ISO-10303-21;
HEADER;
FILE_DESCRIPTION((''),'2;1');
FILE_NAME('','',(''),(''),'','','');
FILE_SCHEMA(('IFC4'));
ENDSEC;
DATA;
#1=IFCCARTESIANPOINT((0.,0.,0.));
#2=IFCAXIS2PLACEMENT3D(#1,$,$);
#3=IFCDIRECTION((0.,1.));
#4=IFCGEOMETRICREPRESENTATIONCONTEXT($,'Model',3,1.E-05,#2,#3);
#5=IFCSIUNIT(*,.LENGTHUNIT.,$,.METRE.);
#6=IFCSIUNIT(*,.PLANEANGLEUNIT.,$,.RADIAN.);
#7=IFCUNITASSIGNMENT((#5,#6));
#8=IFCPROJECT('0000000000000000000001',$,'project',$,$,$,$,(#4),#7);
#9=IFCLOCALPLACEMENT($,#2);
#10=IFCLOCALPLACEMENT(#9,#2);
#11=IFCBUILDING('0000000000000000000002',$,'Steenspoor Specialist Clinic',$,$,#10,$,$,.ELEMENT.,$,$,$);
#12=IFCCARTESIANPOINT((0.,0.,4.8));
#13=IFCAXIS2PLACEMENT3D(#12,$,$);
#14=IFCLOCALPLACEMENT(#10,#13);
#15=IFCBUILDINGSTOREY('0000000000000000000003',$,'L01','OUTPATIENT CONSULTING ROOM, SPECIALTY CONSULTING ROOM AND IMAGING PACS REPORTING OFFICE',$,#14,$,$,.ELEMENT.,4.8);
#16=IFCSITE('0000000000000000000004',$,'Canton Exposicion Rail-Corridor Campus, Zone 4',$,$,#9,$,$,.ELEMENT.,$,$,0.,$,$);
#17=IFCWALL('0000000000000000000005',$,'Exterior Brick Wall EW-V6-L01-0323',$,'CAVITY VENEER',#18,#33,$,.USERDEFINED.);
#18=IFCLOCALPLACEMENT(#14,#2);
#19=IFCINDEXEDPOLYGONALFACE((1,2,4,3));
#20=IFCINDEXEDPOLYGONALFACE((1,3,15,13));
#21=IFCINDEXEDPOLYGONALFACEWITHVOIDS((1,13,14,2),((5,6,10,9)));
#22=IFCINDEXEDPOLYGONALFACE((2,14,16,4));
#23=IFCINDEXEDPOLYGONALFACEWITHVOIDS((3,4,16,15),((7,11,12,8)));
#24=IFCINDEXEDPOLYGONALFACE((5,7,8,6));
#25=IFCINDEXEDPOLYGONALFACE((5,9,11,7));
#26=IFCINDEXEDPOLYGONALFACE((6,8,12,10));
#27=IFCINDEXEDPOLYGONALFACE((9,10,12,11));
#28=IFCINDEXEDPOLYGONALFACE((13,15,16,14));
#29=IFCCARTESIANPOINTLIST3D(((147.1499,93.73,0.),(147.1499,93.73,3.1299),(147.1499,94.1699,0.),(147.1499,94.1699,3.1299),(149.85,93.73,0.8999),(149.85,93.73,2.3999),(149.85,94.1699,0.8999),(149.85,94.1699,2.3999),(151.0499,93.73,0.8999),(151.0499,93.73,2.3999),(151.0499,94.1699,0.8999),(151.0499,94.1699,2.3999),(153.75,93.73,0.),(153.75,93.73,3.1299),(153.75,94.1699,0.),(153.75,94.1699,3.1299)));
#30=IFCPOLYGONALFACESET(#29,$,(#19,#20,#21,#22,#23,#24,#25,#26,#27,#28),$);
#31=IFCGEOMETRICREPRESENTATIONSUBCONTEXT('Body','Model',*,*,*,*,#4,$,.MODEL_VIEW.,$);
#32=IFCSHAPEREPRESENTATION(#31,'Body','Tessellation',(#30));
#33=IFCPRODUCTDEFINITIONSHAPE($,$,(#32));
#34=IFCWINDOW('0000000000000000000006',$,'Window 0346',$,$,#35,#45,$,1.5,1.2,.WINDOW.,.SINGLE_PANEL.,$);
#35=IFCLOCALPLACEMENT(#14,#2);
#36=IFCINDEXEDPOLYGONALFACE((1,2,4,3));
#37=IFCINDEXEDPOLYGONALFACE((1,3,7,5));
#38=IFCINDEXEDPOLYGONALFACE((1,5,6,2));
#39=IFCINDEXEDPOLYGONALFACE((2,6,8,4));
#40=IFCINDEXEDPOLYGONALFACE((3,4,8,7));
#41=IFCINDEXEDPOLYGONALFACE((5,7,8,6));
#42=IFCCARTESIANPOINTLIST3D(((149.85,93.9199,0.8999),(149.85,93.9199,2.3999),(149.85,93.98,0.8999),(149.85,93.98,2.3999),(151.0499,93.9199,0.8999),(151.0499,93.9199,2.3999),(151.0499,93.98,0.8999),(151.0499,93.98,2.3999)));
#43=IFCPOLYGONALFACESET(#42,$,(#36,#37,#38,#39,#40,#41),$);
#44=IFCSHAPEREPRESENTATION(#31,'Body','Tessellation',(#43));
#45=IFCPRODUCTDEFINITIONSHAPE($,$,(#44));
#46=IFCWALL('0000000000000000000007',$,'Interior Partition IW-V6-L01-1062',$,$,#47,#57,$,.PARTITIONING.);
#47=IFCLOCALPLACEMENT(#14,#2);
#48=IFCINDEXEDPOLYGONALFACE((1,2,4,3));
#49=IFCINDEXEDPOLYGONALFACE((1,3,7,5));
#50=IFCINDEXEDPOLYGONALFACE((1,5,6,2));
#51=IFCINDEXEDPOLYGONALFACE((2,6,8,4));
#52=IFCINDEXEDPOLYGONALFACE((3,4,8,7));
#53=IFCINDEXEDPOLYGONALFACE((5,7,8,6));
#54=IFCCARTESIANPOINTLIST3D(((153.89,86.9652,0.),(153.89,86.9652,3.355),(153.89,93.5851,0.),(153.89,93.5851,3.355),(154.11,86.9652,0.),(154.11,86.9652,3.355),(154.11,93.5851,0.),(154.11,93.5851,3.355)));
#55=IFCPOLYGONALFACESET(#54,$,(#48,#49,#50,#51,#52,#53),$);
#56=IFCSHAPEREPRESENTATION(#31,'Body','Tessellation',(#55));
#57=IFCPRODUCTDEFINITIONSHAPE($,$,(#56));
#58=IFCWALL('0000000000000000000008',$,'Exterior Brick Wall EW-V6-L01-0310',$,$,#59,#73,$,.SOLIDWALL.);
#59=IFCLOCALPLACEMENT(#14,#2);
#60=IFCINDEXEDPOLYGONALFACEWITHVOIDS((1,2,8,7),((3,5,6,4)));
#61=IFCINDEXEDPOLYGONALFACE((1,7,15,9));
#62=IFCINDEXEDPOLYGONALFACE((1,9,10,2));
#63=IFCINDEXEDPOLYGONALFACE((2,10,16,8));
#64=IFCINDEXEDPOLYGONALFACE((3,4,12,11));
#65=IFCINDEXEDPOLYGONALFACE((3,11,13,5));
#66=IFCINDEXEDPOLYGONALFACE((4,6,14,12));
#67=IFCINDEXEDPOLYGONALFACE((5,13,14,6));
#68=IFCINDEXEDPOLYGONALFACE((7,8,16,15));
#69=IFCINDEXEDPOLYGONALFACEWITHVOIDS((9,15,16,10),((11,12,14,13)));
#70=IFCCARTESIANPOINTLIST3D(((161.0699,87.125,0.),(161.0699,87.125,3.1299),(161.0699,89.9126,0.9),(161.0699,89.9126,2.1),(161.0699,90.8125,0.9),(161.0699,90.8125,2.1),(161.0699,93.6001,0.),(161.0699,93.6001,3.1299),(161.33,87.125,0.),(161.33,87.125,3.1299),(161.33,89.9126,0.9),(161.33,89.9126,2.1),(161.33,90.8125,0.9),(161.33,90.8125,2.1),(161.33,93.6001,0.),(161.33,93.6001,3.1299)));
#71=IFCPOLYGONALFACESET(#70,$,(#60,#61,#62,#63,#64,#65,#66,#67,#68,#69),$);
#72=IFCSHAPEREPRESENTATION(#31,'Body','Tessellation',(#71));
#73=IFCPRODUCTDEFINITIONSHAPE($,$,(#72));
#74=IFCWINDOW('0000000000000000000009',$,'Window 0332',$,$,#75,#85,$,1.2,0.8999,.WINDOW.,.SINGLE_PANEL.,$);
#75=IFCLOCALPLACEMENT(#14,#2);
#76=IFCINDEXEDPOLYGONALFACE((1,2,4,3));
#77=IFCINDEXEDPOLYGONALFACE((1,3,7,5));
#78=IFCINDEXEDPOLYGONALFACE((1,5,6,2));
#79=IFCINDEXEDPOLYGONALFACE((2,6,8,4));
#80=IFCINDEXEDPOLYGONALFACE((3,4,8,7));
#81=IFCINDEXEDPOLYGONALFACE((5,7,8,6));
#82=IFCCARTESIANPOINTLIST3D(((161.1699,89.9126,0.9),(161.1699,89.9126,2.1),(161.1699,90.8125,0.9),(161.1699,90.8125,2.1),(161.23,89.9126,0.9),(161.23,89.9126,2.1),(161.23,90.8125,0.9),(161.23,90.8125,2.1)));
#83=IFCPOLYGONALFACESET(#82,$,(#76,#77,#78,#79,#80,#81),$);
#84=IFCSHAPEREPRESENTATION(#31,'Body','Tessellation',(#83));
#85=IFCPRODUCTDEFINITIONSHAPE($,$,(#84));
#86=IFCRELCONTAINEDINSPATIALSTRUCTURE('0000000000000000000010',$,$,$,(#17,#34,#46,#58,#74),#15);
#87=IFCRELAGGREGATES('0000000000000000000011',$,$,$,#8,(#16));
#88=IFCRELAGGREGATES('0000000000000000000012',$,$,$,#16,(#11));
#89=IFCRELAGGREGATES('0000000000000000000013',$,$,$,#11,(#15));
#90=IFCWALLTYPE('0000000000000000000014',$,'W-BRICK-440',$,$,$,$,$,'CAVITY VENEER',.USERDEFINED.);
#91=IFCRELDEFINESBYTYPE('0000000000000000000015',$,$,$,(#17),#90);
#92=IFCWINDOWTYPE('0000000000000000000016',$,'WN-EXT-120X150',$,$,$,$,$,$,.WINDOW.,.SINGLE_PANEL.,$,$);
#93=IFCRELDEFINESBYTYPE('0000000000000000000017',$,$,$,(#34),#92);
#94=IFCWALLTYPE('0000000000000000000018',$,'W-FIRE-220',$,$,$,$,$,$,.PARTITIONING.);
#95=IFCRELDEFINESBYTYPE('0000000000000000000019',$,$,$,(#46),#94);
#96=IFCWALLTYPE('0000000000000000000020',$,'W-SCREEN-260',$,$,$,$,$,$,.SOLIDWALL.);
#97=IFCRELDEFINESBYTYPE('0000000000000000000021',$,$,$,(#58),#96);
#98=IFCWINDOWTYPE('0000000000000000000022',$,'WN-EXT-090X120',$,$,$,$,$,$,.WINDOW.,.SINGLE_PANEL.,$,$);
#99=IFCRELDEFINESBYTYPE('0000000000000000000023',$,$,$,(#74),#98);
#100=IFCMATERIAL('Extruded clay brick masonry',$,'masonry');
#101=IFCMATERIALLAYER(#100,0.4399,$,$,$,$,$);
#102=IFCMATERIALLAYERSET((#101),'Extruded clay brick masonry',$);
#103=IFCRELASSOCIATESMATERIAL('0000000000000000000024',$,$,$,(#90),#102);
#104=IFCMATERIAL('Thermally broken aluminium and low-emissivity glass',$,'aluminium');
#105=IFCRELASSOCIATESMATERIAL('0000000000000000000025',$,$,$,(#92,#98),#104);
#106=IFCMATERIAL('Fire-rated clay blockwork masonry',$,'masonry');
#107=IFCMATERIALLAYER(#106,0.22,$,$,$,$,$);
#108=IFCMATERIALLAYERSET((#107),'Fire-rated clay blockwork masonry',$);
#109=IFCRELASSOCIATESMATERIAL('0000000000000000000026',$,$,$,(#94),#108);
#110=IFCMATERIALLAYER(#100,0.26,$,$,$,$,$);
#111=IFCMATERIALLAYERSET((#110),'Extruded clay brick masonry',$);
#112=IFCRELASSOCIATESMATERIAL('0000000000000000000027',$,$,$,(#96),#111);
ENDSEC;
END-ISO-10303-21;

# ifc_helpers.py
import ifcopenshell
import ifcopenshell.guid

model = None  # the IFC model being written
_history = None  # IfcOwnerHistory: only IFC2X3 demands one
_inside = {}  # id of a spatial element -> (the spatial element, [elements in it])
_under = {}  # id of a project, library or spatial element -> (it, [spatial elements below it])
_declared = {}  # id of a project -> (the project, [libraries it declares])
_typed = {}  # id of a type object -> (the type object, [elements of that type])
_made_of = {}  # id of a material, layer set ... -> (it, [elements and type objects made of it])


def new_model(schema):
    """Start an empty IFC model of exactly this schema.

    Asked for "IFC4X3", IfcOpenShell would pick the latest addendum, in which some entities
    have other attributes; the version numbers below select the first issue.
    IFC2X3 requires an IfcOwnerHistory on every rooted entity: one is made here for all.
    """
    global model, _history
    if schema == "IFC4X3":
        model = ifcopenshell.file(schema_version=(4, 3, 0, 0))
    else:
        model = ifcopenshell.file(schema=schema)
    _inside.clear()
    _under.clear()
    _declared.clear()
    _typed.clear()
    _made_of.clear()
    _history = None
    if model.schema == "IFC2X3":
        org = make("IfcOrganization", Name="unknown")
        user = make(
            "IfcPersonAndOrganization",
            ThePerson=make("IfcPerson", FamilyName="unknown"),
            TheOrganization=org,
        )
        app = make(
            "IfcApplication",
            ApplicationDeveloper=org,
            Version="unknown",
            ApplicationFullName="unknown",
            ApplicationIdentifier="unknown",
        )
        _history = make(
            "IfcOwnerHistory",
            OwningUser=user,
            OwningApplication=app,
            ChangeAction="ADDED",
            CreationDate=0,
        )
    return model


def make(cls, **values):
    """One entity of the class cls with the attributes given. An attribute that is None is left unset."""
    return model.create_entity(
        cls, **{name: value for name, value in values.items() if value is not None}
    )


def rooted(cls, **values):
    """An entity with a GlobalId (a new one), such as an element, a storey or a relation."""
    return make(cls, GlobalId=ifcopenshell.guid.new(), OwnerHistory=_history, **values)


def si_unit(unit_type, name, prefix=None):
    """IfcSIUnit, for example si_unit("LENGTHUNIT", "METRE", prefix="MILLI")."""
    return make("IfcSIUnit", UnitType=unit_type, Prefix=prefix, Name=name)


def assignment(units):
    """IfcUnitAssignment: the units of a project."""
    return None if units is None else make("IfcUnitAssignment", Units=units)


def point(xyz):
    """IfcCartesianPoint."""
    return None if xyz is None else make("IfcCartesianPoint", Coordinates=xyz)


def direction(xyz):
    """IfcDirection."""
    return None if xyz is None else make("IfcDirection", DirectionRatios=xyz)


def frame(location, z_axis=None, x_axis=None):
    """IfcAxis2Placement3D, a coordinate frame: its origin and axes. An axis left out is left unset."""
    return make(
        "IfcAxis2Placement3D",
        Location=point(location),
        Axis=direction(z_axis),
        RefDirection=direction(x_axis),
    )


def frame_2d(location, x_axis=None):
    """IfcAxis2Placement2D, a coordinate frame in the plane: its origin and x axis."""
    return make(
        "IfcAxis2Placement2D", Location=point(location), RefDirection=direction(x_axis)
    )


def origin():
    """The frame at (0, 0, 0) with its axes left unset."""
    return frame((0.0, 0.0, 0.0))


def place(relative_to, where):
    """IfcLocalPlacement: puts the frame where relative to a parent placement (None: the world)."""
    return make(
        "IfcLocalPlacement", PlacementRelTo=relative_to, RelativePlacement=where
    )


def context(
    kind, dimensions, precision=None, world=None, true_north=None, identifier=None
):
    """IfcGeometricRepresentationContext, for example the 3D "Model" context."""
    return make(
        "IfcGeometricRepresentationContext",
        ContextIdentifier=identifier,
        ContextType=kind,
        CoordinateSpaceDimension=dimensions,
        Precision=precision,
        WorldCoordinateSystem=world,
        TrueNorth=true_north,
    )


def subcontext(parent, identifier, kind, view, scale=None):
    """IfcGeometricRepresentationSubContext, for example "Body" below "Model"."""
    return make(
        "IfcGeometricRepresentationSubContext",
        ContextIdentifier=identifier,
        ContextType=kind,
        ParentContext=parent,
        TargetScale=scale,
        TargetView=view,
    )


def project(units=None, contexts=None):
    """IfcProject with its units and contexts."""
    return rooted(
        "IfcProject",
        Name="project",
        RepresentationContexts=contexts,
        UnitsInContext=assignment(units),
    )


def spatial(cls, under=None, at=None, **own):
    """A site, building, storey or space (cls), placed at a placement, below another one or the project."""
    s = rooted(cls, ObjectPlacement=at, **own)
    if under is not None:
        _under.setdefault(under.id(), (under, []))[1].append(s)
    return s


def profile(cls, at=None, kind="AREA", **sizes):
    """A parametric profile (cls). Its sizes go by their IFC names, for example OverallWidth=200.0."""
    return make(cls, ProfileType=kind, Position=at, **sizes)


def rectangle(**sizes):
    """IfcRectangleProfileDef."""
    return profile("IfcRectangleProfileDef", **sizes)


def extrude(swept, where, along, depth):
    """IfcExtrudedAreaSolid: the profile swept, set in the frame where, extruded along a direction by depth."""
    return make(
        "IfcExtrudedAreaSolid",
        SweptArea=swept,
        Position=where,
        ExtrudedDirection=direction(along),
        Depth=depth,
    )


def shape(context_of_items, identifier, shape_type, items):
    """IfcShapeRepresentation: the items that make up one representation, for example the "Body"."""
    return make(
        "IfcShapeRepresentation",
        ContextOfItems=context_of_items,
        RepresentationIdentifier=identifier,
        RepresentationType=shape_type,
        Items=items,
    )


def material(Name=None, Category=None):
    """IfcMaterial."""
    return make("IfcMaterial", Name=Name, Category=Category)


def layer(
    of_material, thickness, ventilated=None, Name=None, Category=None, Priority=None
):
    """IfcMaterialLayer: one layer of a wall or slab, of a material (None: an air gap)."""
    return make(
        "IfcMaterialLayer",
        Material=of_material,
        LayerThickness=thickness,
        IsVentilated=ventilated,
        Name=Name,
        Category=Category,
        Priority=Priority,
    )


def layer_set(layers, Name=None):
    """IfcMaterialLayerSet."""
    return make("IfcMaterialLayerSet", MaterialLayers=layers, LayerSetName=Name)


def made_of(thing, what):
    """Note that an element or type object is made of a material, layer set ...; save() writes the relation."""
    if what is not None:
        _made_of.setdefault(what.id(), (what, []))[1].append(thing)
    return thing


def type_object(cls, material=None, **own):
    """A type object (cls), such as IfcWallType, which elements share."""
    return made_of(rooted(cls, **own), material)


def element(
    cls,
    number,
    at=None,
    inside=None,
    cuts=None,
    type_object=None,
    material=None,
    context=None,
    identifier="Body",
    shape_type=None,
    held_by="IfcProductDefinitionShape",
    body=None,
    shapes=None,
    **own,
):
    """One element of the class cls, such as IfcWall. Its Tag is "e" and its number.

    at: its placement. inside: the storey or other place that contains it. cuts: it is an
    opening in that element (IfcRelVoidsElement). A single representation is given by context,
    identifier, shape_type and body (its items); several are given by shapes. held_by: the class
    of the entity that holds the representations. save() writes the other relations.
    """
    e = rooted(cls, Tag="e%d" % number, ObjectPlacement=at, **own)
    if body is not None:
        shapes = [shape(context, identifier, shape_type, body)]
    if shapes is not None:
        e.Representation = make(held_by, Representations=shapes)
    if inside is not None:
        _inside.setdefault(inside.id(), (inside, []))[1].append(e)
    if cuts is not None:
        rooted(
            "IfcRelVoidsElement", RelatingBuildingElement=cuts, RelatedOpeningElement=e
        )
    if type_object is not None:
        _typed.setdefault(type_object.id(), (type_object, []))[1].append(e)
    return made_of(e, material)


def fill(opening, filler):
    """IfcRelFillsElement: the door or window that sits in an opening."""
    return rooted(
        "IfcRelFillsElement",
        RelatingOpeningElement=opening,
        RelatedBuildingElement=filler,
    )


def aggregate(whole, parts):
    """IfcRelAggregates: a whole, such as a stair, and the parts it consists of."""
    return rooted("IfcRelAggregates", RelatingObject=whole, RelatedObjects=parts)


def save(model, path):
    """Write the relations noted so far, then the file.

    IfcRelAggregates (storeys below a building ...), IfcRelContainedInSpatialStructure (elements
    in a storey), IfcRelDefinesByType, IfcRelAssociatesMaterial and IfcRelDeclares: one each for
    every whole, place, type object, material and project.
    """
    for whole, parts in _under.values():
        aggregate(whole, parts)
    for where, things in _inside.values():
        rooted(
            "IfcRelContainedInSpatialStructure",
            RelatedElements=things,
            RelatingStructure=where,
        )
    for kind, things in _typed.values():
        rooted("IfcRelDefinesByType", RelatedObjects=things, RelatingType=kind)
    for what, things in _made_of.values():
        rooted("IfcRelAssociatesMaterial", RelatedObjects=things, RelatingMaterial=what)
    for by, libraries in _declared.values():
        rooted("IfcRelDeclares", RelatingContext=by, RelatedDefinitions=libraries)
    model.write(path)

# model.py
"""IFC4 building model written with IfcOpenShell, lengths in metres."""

from ifc_helpers import new_model, si_unit, direction, frame, frame_2d, origin, place, context, subcontext, project, spatial, rectangle, extrude, material, layer, layer_set, type_object, element, fill, save


model = new_model("IFC4")

# Units and contexts
model_context = context("Model", 3, precision=1e-05, world=origin(), true_north=direction((0.0, 1.0)))
body_context = subcontext(model_context, "Body", "Model", "MODEL_VIEW")
ifc_project = project(units=[si_unit("LENGTHUNIT", "METRE"), si_unit("PLANEANGLEUNIT", "RADIAN")], contexts=[model_context])

# Site, building, storey
site_placement = place(None, origin())
site = spatial("IfcSite", under=ifc_project, at=site_placement, Name="Canton Exposicion Rail-Corridor Campus, Zone 4", CompositionType="ELEMENT", RefElevation=0.0)
building_placement = place(site_placement, origin())
building = spatial("IfcBuilding", under=site, at=building_placement, Name="Steenspoor Specialist Clinic", CompositionType="ELEMENT")
storey_placement = place(building_placement, frame((0.0, 0.0, 4.8)))
storey = spatial("IfcBuildingStorey", under=building, at=storey_placement, Name="L01", Description="OUTPATIENT CONSULTING ROOM, SPECIALTY CONSULTING ROOM AND IMAGING PACS REPORTING OFFICE", CompositionType="ELEMENT", Elevation=4.8)

# Shared definitions
ifc_material_1 = material(Name="Thermally broken aluminium and low-emissivity glass", Category="aluminium")

# Wall, opening, window
ifc_material_2 = material(Name="Extruded clay brick masonry", Category="masonry")
ifc_layer_1 = layer(ifc_material_2, 0.4399)
ifc_layer_set_1 = layer_set([ifc_layer_1], Name="Extruded clay brick masonry")
wall_type_1 = type_object("IfcWallType", Name="W-BRICK-440", ElementType="CAVITY VENEER", PredefinedType="USERDEFINED", material=ifc_layer_set_1)
wall_1_placement = place(storey_placement, frame((147.1499, 93.95, 0.0), z_axis=(0.0, 0.0, 1.0), x_axis=(1.0, 0.0, 0.0)))
wall_1 = element("IfcWall", 1, at=wall_1_placement, inside=storey, type_object=wall_type_1, Name="Exterior Brick Wall EW-V6-L01-0323", ObjectType="CAVITY VENEER", PredefinedType="USERDEFINED", context=body_context, shape_type="SweptSolid", body=[
    extrude(rectangle(XDim=6.6001, YDim=0.4399, at=frame_2d((3.3, 0.0))), origin(), (0.0, 0.0, 1.0), 3.1299),
])
opening_1_placement = place(wall_1_placement, frame((2.7, 0.0, 0.8999)))
opening_1 = element("IfcOpeningElement", 2, at=opening_1_placement, cuts=wall_1, PredefinedType="OPENING", context=body_context, shape_type="SweptSolid", body=[
    extrude(rectangle(XDim=1.2, YDim=1.5, at=frame_2d((0.6001, 0.75))), frame((0.0, 0.23, 0.0), z_axis=(0.0, -1.0, 0.0), x_axis=(1.0, 0.0, 0.0)), (0.0, 0.0, 1.0), 0.46),
])
window_type_1 = type_object("IfcWindowType", Name="WN-EXT-120X150", PartitioningType="SINGLE_PANEL", PredefinedType="WINDOW", material=ifc_material_1)
window_1_placement = place(opening_1_placement, origin())
window_1 = element("IfcWindow", 3, at=window_1_placement, inside=storey, type_object=window_type_1, Name="Window 0346", OverallHeight=1.5, OverallWidth=1.2, PartitioningType="SINGLE_PANEL", PredefinedType="WINDOW", context=body_context, shape_type="SweptSolid", body=[
    extrude(rectangle(XDim=1.2, YDim=1.5, at=frame_2d((0.6001, 0.75))), frame((0.0, 0.03, 0.0), z_axis=(0.0, -1.0, 0.0), x_axis=(1.0, 0.0, 0.0)), (0.0, 0.0, 1.0), 0.0601),
])
fill(opening_1, window_1)

# Wall
ifc_material_3 = material(Name="Fire-rated clay blockwork masonry", Category="masonry")
ifc_layer_2 = layer(ifc_material_3, 0.22)
ifc_layer_set_2 = layer_set([ifc_layer_2], Name="Fire-rated clay blockwork masonry")
wall_type_2 = type_object("IfcWallType", Name="W-FIRE-220", PredefinedType="PARTITIONING", material=ifc_layer_set_2)
wall_2_placement = place(storey_placement, frame((154.0, 86.9651, 0.0), z_axis=(0.0, 0.0, 1.0), x_axis=(0.0, 1.0, 0.0)))
element("IfcWall", 4, at=wall_2_placement, inside=storey, type_object=wall_type_2, Name="Interior Partition IW-V6-L01-1062", PredefinedType="PARTITIONING", context=body_context, shape_type="SweptSolid", body=[
    extrude(rectangle(XDim=6.6199, YDim=0.22, at=frame_2d((3.3101, 0.0))), origin(), (0.0, 0.0, 1.0), 3.355),
])

# Wall, opening, window
ifc_layer_3 = layer(ifc_material_2, 0.26)
ifc_layer_set_3 = layer_set([ifc_layer_3], Name="Extruded clay brick masonry")
wall_type_3 = type_object("IfcWallType", Name="W-SCREEN-260", PredefinedType="SOLIDWALL", material=ifc_layer_set_3)
wall_3_placement = place(storey_placement, frame((161.2, 93.6001, 0.0), z_axis=(0.0, 0.0, 1.0), x_axis=(0.0, -1.0, 0.0)))
wall_3 = element("IfcWall", 5, at=wall_3_placement, inside=storey, type_object=wall_type_3, Name="Exterior Brick Wall EW-V6-L01-0310", PredefinedType="SOLIDWALL", context=body_context, shape_type="SweptSolid", body=[
    extrude(rectangle(XDim=6.4751, YDim=0.26, at=frame_2d((3.2375, 0.0))), origin(), (0.0, 0.0, 1.0), 3.1299),
])
opening_2_placement = place(wall_3_placement, frame((2.7876, 0.0, 0.8999)))
opening_2 = element("IfcOpeningElement", 6, at=opening_2_placement, cuts=wall_3, PredefinedType="OPENING", context=body_context, shape_type="SweptSolid", body=[
    extrude(rectangle(XDim=0.8999, YDim=1.2, at=frame_2d((0.45, 0.6001))), frame((0.0, 0.1401, 0.0), z_axis=(0.0, -1.0, 0.0), x_axis=(1.0, 0.0, 0.0)), (0.0, 0.0, 1.0), 0.28),
])
window_type_2 = type_object("IfcWindowType", Name="WN-EXT-090X120", PartitioningType="SINGLE_PANEL", PredefinedType="WINDOW", material=ifc_material_1)
window_2_placement = place(opening_2_placement, origin())
window_2 = element("IfcWindow", 7, at=window_2_placement, inside=storey, type_object=window_type_2, Name="Window 0332", OverallHeight=1.2, OverallWidth=0.8999, PartitioningType="SINGLE_PANEL", PredefinedType="WINDOW", context=body_context, shape_type="SweptSolid", body=[
    extrude(rectangle(XDim=0.8999, YDim=1.2, at=frame_2d((0.45, 0.6001))), frame((0.0, 0.03, 0.0), z_axis=(0.0, -1.0, 0.0), x_axis=(1.0, 0.0, 0.0)), (0.0, 0.0, 1.0), 0.0601),
])
fill(opening_2, window_2)

save(model, "model.ifc")
